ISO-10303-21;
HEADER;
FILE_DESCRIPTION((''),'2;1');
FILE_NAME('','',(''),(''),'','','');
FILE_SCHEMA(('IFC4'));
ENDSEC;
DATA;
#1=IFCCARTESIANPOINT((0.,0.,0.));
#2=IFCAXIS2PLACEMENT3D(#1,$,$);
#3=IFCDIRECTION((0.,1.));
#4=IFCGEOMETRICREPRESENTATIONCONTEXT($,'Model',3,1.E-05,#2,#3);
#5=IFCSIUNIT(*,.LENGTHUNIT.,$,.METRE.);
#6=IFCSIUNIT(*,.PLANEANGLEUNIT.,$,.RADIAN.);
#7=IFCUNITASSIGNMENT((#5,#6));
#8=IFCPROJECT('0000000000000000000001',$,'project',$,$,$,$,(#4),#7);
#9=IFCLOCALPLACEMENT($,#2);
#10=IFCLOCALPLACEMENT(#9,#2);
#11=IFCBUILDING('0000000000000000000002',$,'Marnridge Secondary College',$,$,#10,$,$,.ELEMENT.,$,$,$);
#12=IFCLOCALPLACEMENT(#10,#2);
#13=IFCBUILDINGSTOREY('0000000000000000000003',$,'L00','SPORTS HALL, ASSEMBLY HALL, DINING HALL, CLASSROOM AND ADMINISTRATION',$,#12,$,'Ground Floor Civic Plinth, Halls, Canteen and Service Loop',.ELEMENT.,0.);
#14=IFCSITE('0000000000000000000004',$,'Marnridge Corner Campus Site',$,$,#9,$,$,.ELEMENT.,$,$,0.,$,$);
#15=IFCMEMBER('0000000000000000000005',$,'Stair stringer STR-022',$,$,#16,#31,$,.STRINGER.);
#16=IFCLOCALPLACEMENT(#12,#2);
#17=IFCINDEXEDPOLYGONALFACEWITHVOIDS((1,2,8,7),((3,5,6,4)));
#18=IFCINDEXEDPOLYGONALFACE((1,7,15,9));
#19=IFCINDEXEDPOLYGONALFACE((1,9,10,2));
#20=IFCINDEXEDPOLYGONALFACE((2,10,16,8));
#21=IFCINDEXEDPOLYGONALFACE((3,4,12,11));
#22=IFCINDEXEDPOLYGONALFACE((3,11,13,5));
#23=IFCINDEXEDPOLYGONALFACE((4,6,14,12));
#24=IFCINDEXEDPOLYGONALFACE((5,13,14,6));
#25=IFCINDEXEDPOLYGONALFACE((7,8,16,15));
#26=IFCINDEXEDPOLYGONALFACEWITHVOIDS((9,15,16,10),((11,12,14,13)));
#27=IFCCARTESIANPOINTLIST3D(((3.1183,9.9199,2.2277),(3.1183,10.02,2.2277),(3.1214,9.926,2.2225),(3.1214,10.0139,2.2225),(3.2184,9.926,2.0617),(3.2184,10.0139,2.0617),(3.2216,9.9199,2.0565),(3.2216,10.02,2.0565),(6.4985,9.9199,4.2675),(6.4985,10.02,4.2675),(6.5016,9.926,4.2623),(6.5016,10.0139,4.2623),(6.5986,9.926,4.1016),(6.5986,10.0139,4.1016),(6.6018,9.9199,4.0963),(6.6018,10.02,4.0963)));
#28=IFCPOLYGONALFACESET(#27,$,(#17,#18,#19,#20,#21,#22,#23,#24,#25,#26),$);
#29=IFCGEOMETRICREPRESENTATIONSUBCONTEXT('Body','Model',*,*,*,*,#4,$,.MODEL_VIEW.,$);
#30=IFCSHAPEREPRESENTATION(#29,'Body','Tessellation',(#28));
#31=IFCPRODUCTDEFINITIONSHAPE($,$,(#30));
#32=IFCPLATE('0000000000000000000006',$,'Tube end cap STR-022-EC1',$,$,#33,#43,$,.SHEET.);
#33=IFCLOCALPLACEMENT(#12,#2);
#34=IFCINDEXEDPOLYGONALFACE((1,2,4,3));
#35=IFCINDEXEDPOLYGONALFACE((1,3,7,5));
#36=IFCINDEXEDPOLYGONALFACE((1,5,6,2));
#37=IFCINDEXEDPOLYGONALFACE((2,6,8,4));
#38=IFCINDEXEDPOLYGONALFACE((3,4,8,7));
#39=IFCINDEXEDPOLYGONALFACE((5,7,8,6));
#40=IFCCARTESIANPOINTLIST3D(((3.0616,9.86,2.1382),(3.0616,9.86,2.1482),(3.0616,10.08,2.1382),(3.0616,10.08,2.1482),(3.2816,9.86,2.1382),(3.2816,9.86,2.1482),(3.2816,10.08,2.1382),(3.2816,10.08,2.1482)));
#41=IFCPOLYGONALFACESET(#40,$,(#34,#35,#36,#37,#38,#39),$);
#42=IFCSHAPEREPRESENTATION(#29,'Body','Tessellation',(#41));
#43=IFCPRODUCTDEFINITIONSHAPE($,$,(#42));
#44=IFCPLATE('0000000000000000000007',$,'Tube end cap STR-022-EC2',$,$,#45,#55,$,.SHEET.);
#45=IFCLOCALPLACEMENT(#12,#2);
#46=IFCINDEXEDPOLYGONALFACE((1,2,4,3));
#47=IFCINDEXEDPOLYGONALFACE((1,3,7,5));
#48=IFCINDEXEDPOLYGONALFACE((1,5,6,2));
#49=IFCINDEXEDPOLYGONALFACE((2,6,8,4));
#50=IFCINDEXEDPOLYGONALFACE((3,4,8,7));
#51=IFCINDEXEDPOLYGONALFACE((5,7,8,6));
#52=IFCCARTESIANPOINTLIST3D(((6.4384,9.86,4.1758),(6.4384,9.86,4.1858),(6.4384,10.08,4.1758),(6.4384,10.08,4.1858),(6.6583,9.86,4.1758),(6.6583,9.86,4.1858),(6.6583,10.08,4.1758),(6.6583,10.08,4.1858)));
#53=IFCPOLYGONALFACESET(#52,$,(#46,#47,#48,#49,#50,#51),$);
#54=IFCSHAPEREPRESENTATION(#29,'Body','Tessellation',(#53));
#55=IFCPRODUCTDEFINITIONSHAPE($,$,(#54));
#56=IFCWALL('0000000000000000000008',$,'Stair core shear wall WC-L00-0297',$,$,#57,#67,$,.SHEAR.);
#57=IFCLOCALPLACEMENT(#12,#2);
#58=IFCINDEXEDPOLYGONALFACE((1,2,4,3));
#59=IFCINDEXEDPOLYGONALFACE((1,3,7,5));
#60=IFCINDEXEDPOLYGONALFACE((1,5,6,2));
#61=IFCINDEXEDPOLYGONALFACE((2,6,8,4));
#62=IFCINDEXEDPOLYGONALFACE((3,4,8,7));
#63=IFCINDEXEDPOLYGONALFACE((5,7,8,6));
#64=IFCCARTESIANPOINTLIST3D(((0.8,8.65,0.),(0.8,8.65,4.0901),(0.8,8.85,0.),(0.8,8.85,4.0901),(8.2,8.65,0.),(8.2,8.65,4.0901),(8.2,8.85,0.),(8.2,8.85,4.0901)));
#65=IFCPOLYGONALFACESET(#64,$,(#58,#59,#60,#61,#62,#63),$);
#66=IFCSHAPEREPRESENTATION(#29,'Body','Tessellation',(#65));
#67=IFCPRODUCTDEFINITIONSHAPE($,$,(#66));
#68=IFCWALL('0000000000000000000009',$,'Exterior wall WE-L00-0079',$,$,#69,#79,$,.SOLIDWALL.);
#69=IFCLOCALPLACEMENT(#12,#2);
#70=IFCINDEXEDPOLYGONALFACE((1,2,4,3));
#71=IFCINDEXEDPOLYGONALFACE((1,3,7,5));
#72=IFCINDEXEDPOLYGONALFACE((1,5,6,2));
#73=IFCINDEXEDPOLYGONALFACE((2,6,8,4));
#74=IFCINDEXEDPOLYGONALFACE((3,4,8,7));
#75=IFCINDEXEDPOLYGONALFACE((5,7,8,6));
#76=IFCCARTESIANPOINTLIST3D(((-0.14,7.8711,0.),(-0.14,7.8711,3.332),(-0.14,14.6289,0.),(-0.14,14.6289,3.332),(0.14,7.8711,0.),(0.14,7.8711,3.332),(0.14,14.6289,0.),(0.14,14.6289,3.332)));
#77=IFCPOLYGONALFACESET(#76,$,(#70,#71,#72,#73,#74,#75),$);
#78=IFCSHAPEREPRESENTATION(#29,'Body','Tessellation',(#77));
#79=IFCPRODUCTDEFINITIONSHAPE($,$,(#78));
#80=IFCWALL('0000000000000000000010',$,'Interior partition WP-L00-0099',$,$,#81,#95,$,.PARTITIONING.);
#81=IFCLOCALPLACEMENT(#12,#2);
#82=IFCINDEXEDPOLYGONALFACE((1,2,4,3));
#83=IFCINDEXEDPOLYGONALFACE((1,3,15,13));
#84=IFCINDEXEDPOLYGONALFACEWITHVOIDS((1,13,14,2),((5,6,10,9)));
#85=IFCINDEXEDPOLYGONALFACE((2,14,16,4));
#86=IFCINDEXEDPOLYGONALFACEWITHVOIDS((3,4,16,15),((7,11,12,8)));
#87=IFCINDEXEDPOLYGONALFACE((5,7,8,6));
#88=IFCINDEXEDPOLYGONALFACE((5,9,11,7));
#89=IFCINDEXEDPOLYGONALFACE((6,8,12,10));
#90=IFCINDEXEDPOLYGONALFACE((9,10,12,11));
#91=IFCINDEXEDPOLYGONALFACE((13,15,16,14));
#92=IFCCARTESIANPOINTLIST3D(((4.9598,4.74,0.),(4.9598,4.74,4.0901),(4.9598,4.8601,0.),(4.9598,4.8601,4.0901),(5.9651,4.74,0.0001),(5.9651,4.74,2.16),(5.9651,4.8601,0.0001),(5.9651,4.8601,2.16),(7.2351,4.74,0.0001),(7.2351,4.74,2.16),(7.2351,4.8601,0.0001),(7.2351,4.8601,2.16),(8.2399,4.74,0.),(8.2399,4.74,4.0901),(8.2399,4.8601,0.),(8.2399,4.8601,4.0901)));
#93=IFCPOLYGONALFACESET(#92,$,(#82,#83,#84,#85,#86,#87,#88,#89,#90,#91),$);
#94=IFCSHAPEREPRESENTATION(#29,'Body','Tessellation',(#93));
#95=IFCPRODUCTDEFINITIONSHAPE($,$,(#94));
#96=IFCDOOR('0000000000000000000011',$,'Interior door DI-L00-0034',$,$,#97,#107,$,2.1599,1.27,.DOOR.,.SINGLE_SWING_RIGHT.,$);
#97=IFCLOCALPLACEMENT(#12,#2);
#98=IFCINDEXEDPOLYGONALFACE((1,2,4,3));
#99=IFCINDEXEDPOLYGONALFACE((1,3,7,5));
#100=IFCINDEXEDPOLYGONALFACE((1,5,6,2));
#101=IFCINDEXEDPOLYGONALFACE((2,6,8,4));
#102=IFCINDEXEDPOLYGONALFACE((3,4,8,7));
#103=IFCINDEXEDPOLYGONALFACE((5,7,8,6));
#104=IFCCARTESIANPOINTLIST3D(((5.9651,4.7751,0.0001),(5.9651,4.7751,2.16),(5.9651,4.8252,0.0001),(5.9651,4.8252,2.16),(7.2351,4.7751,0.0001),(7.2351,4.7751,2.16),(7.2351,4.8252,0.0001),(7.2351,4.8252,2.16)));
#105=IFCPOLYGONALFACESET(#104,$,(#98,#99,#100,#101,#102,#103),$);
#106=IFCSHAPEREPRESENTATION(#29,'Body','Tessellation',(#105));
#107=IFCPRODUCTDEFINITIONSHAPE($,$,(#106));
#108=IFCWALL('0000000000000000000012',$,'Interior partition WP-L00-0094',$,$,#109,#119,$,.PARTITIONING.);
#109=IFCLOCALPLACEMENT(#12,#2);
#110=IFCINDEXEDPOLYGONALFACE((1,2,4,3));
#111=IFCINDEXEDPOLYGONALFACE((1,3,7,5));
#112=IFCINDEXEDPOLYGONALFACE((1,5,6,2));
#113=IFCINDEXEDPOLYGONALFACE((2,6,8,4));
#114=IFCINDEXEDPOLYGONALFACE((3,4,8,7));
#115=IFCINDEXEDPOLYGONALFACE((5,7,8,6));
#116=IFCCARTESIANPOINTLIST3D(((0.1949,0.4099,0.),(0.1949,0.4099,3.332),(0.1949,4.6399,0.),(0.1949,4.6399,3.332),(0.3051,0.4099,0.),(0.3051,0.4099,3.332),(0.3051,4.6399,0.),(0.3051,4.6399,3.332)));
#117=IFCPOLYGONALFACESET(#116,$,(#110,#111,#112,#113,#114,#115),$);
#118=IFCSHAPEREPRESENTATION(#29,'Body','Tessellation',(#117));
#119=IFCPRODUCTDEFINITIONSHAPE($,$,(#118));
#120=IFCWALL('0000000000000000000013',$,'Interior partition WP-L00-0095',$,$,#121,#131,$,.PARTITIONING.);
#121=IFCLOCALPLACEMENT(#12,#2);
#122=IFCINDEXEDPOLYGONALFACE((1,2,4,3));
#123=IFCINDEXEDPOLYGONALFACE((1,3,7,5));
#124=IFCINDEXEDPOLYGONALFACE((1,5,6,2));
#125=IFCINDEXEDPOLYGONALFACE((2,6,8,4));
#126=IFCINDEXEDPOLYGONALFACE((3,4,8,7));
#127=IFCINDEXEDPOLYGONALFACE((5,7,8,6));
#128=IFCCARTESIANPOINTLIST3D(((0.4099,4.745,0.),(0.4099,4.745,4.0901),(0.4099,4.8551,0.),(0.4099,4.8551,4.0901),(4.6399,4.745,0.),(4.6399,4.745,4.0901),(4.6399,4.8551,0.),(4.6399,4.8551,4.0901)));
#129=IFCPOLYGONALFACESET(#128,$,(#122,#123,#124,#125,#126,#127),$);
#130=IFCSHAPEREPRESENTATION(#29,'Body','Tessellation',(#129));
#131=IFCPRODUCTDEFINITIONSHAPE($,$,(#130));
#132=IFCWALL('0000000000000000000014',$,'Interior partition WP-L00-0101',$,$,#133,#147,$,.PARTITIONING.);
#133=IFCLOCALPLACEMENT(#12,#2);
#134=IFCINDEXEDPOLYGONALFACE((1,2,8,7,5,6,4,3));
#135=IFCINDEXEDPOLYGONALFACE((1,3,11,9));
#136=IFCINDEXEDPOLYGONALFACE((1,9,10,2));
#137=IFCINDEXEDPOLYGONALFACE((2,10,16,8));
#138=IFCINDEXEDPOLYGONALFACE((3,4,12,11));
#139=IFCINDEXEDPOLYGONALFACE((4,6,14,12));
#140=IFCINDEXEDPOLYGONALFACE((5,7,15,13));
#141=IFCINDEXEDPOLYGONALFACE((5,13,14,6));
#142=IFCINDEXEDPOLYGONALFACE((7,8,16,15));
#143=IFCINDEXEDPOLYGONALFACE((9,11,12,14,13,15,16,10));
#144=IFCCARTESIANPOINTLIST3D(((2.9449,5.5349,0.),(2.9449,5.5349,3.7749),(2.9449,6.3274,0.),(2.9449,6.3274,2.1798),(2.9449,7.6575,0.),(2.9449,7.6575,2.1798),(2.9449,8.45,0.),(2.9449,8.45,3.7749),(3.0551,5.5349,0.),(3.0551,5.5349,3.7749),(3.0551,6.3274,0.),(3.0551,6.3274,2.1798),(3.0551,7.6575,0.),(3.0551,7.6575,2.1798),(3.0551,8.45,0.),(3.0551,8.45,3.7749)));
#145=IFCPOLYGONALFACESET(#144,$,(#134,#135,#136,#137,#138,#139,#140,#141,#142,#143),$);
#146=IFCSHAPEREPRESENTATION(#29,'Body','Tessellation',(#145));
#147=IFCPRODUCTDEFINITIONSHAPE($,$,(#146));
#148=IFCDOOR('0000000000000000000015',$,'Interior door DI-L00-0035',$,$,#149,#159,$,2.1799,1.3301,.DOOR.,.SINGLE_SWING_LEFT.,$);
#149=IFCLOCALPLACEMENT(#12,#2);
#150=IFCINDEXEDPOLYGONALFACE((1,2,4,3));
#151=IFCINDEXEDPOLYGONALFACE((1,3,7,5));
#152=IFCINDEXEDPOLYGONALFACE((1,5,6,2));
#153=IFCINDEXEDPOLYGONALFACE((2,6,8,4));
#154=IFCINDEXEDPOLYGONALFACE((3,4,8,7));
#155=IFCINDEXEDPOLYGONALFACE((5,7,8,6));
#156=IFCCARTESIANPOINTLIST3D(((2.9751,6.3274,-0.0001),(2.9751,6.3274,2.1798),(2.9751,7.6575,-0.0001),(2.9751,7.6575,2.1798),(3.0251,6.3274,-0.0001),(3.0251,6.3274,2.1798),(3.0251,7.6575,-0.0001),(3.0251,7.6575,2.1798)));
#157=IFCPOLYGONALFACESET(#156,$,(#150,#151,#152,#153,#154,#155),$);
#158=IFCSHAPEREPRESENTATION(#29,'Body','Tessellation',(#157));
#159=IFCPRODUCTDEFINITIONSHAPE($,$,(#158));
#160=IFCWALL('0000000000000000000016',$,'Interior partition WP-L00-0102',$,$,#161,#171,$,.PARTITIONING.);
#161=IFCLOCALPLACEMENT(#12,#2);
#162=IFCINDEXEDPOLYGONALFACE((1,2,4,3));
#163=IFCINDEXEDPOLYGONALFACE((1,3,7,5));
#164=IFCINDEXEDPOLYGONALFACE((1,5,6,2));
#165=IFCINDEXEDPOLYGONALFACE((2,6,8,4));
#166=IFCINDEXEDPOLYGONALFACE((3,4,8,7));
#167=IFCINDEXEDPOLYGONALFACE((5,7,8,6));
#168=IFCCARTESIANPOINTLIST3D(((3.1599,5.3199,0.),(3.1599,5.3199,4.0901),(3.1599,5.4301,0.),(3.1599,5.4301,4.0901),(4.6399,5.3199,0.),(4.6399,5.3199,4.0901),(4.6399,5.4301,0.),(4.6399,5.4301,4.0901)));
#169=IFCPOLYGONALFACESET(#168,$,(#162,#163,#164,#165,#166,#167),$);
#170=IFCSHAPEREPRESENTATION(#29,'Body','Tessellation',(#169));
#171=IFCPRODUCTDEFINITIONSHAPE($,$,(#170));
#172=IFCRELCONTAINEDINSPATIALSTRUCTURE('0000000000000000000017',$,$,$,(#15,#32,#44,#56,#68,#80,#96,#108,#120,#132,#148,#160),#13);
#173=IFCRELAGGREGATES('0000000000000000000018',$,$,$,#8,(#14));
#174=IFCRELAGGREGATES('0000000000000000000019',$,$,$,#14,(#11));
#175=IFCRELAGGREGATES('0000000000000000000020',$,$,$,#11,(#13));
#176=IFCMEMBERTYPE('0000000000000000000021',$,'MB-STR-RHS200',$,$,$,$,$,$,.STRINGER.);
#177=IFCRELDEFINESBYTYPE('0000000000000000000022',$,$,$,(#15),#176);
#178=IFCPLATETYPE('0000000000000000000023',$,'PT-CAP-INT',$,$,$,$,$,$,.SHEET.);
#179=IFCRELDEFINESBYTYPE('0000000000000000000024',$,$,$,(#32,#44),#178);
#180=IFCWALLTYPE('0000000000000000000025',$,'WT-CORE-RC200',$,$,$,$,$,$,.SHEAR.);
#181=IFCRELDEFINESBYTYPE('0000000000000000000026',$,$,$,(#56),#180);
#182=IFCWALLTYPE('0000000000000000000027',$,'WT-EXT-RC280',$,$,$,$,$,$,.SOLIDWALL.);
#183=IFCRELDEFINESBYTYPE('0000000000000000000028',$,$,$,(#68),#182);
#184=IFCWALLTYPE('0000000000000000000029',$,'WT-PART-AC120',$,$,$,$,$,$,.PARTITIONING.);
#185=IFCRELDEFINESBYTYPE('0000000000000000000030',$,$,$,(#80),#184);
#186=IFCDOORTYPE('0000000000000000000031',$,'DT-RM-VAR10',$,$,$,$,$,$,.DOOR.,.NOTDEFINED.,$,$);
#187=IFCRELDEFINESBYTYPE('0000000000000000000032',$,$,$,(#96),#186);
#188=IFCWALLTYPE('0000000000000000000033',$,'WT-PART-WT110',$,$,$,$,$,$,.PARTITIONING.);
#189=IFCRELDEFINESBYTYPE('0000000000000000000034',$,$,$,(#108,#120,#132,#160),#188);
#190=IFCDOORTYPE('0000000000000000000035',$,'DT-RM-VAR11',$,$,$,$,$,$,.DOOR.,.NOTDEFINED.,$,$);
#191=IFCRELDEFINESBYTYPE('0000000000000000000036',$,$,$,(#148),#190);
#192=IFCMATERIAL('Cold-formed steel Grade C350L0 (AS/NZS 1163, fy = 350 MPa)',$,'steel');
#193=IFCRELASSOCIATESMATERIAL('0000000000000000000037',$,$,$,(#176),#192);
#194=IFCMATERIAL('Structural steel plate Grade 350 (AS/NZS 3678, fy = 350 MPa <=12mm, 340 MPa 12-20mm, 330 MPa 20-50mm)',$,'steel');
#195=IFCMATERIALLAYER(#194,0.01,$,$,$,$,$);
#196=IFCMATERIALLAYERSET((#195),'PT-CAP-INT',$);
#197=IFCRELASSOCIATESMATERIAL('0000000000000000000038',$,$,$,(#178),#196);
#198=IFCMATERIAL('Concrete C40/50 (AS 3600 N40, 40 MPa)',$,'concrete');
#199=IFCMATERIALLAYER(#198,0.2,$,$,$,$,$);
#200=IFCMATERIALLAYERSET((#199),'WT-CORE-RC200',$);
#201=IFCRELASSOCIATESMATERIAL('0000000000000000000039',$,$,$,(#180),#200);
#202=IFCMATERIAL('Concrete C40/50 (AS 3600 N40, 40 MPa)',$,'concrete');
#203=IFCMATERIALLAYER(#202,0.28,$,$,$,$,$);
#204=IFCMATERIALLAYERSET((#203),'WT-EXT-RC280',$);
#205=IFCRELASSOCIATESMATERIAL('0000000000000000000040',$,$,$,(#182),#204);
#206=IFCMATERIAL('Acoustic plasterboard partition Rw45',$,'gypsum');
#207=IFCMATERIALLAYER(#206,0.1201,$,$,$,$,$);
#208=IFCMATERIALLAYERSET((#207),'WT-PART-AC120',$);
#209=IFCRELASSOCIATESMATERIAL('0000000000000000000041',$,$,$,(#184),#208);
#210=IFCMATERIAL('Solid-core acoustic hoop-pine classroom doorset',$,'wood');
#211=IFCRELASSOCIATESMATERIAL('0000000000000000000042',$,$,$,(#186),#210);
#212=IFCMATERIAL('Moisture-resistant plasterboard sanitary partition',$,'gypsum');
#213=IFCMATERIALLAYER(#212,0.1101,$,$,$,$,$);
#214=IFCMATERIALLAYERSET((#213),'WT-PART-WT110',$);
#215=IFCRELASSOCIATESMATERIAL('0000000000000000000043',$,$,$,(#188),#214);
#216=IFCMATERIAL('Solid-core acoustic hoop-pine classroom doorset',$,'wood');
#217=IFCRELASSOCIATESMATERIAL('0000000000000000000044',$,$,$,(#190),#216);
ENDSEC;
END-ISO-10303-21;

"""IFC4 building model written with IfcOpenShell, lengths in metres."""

from ifc_helpers import new_model, si_unit, direction, frame, frame_2d, origin, origin_2d, place, context, subcontext, project, spatial, rectangle, hollow_rectangle, extrude, material, layer, layer_set, material_profile, profile_set, type_object, element, fill, save


model = new_model("IFC4")

# Units and contexts
model_context = context("Model", 3, precision=1e-05, world=origin(), true_north=direction((0.0, 1.0)))
body_context = subcontext(model_context, "Body", "Model", "MODEL_VIEW")
ifc_project = project(units=[si_unit("LENGTHUNIT", "METRE"), si_unit("PLANEANGLEUNIT", "RADIAN")], contexts=[model_context])

# Site, building, storey
site_placement = place(None, origin())
site = spatial("IfcSite", under=ifc_project, at=site_placement, Name="Marnridge Corner Campus Site", CompositionType="ELEMENT", RefElevation=0.0)
building_placement = place(site_placement, origin())
building = spatial("IfcBuilding", under=site, at=building_placement, Name="Marnridge Secondary College", CompositionType="ELEMENT")
storey_placement = place(building_placement, origin())
storey = spatial("IfcBuildingStorey", under=building, at=storey_placement, Name="L00", Description="SPORTS HALL, ASSEMBLY HALL, DINING HALL, CLASSROOM AND ADMINISTRATION", LongName="Ground Floor Civic Plinth, Halls, Canteen and Service Loop", CompositionType="ELEMENT", Elevation=0.0)

# Member
ifc_material_1 = material(Name="Cold-formed steel Grade C350L0 (AS/NZS 1163, fy = 350 MPa)", Category="steel")
ifc_material_profile_1 = material_profile(ifc_material_1, hollow_rectangle(XDim=0.1001, YDim=0.2, WallThickness=0.0061, at=origin_2d()), Name="200x100x6.0RHS")
ifc_profile_set_1 = profile_set([ifc_material_profile_1], Name="Cold-formed steel Grade C350L0 (AS/NZS 1163, fy = 350 MPa)")
member_type = type_object("IfcMemberType", Name="MB-STR-RHS200", PredefinedType="STRINGER", material=ifc_profile_set_1)
member_placement = place(storey_placement, frame((3.1699, 9.97, 2.1421), z_axis=(0.856181, 0.0, 0.516677), x_axis=(0.0, 1.0, 0.0)))
element("IfcMember", 1, at=member_placement, inside=storey, type_object=member_type, Name="Stair stringer STR-022", PredefinedType="STRINGER", context=body_context, shape_type="SweptSolid", body=[
    extrude(hollow_rectangle(XDim=0.1001, YDim=0.2, WallThickness=0.0061, at=origin_2d()), origin(), (0.0, 0.0, 1.0), 3.948),
])

# Plates
ifc_material_2 = material(Name="Structural steel plate Grade 350 (AS/NZS 3678, fy = 350 MPa <=12mm, 340 MPa 12-20mm, 330 MPa 20-50mm)", Category="steel")
ifc_layer_1 = layer(ifc_material_2, 0.01)
ifc_layer_set_1 = layer_set([ifc_layer_1], Name="PT-CAP-INT")
plate_type = type_object("IfcPlateType", Name="PT-CAP-INT", PredefinedType="SHEET", material=ifc_layer_set_1)
for number, where, z_axis, x_axis, name in (
    (2, (3.1716, 9.97, 2.1382), (0.0, 0.0, 1.0), (1.0, 0.0, 0.0), "Tube end cap STR-022-EC1"),
    (3, (6.5483, 9.97, 4.1758), (0.0, 0.0, 1.0), (1.0, 0.0, 0.0), "Tube end cap STR-022-EC2"),
):
    element("IfcPlate", number, at=place(storey_placement, frame(where, z_axis=z_axis, x_axis=x_axis)), inside=storey, type_object=plate_type, Name=name, PredefinedType="SHEET", context=body_context, shape_type="SweptSolid", body=[
        extrude(rectangle(XDim=0.22, YDim=0.22, at=origin_2d()), origin(), (0.0, 0.0, 1.0), 0.01),
    ])

# Walls
ifc_material_3 = material(Name="Concrete C40/50 (AS 3600 N40, 40 MPa)", Category="concrete")
ifc_layer_2 = layer(ifc_material_3, 0.2)
ifc_layer_set_2 = layer_set([ifc_layer_2], Name="WT-CORE-RC200")
wall_type_1 = type_object("IfcWallType", Name="WT-CORE-RC200", PredefinedType="SHEAR", material=ifc_layer_set_2)
wall_1_placement = place(storey_placement, frame((0.8, 8.75, 0.0), z_axis=(0.0, 0.0, 1.0), x_axis=(1.0, 0.0, 0.0)))
element("IfcWall", 4, at=wall_1_placement, inside=storey, type_object=wall_type_1, Name="Stair core shear wall WC-L00-0297", PredefinedType="SHEAR", context=body_context, shape_type="SweptSolid", body=[
    extrude(rectangle(XDim=7.3999, YDim=0.2, at=frame_2d((3.7, 0.0))), origin(), (0.0, 0.0, 1.0), 4.0901),
])
ifc_material_4 = material(Name="Concrete C40/50 (AS 3600 N40, 40 MPa)", Category="concrete")
ifc_layer_3 = layer(ifc_material_4, 0.28)
ifc_layer_set_3 = layer_set([ifc_layer_3], Name="WT-EXT-RC280")
wall_type_2 = type_object("IfcWallType", Name="WT-EXT-RC280", PredefinedType="SOLIDWALL", material=ifc_layer_set_3)
wall_2_placement = place(storey_placement, frame((0.0, 7.8711, 0.0), z_axis=(0.0, 0.0, 1.0), x_axis=(0.0, 1.0, 0.0)))
element("IfcWall", 5, at=wall_2_placement, inside=storey, type_object=wall_type_2, Name="Exterior wall WE-L00-0079", PredefinedType="SOLIDWALL", context=body_context, shape_type="SweptSolid", body=[
    extrude(rectangle(XDim=6.7578, YDim=0.28, at=frame_2d((3.3789, 0.0))), origin(), (0.0, 0.0, 1.0), 3.332),
])

# Wall, opening, door
ifc_material_5 = material(Name="Acoustic plasterboard partition Rw45", Category="gypsum")
ifc_layer_4 = layer(ifc_material_5, 0.1201)
ifc_layer_set_4 = layer_set([ifc_layer_4], Name="WT-PART-AC120")
wall_type_3 = type_object("IfcWallType", Name="WT-PART-AC120", PredefinedType="PARTITIONING", material=ifc_layer_set_4)
wall_3_placement = place(storey_placement, frame((8.24, 4.8, 0.0), z_axis=(0.0, 0.0, 1.0), x_axis=(-1.0, 0.0, 0.0)))
wall_3 = element("IfcWall", 6, at=wall_3_placement, inside=storey, type_object=wall_type_3, Name="Interior partition WP-L00-0099", PredefinedType="PARTITIONING", context=body_context, shape_type="SweptSolid", body=[
    extrude(rectangle(XDim=3.28, YDim=0.1201, at=frame_2d((1.6401, 0.0))), origin(), (0.0, 0.0, 1.0), 4.0901),
])
opening_1_placement = place(wall_3_placement, frame((1.0049, 0.0, 0.0)))
opening_1 = element("IfcOpeningElement", 7, at=opening_1_placement, cuts=wall_3, PredefinedType="OPENING", context=body_context, shape_type="SweptSolid", body=[
    extrude(rectangle(XDim=1.27, YDim=2.1599, at=frame_2d((0.635, 1.0801))), frame((0.0, 0.0701, 0.0), z_axis=(0.0, -1.0, 0.0), x_axis=(1.0, 0.0, 0.0)), (0.0, 0.0, 1.0), 0.1401),
])
ifc_material_6 = material(Name="Solid-core acoustic hoop-pine classroom doorset", Category="wood")
door_type_1 = type_object("IfcDoorType", Name="DT-RM-VAR10", OperationType="NOTDEFINED", PredefinedType="DOOR", material=ifc_material_6)
door_1_placement = place(opening_1_placement, origin())
door_1 = element("IfcDoor", 8, at=door_1_placement, inside=storey, type_object=door_type_1, Name="Interior door DI-L00-0034", OperationType="SINGLE_SWING_RIGHT", OverallHeight=2.1599, OverallWidth=1.27, PredefinedType="DOOR", context=body_context, shape_type="SweptSolid", body=[
    extrude(rectangle(XDim=1.27, YDim=2.1599, at=frame_2d((0.635, 1.0801))), frame((0.0, 0.0249, 0.0), z_axis=(0.0, -1.0, 0.0), x_axis=(1.0, 0.0, 0.0)), (0.0, 0.0, 1.0), 0.05),
])
fill(opening_1, door_1)

# Walls
ifc_material_7 = material(Name="Moisture-resistant plasterboard sanitary partition", Category="gypsum")
ifc_layer_5 = layer(ifc_material_7, 0.1101)
ifc_layer_set_5 = layer_set([ifc_layer_5], Name="WT-PART-WT110")
wall_type_4 = type_object("IfcWallType", Name="WT-PART-WT110", PredefinedType="PARTITIONING", material=ifc_layer_set_5)
wall_4_placement = place(storey_placement, frame((0.25, 4.6399, 0.0), z_axis=(0.0, 0.0, 1.0), x_axis=(0.0, -1.0, 0.0)))
element("IfcWall", 9, at=wall_4_placement, inside=storey, type_object=wall_type_4, Name="Interior partition WP-L00-0094", PredefinedType="PARTITIONING", context=body_context, shape_type="SweptSolid", body=[
    extrude(rectangle(XDim=4.23, YDim=0.1101, at=frame_2d((2.115, 0.0))), origin(), (0.0, 0.0, 1.0), 3.332),
])
wall_5_placement = place(storey_placement, frame((4.6399, 4.8, 0.0), z_axis=(0.0, 0.0, 1.0), x_axis=(-1.0, 0.0, 0.0)))
element("IfcWall", 10, at=wall_5_placement, inside=storey, type_object=wall_type_4, Name="Interior partition WP-L00-0095", PredefinedType="PARTITIONING", context=body_context, shape_type="SweptSolid", body=[
    extrude(rectangle(XDim=4.23, YDim=0.1101, at=frame_2d((2.115, 0.0))), origin(), (0.0, 0.0, 1.0), 4.0901),
])

# Wall, opening, door
wall_6_placement = place(storey_placement, frame((3.0, 5.5349, 0.0), z_axis=(0.0, 0.0, 1.0), x_axis=(0.0, 1.0, 0.0)))
wall_6 = element("IfcWall", 11, at=wall_6_placement, inside=storey, type_object=wall_type_4, Name="Interior partition WP-L00-0101", PredefinedType="PARTITIONING", context=body_context, shape_type="SweptSolid", body=[
    extrude(rectangle(XDim=2.915, YDim=0.1101, at=frame_2d((1.4575, 0.0))), origin(), (0.0, 0.0, 1.0), 3.7749),
])
opening_2_placement = place(wall_6_placement, frame((0.7925, 0.0, 0.0)))
opening_2 = element("IfcOpeningElement", 12, at=opening_2_placement, cuts=wall_6, PredefinedType="OPENING", context=body_context, shape_type="SweptSolid", body=[
    extrude(rectangle(XDim=1.3301, YDim=2.1799, at=frame_2d((0.665, 1.0898))), frame((0.0, 0.0649, 0.0), z_axis=(0.0, -1.0, 0.0), x_axis=(1.0, 0.0, 0.0)), (0.0, 0.0, 1.0), 0.1301),
])
ifc_material_8 = material(Name="Solid-core acoustic hoop-pine classroom doorset", Category="wood")
door_type_2 = type_object("IfcDoorType", Name="DT-RM-VAR11", OperationType="NOTDEFINED", PredefinedType="DOOR", material=ifc_material_8)
door_2_placement = place(opening_2_placement, origin())
door_2 = element("IfcDoor", 13, at=door_2_placement, inside=storey, type_object=door_type_2, Name="Interior door DI-L00-0035", OperationType="SINGLE_SWING_LEFT", OverallHeight=2.1799, OverallWidth=1.3301, PredefinedType="DOOR", context=body_context, shape_type="SweptSolid", body=[
    extrude(rectangle(XDim=1.3301, YDim=2.1799, at=frame_2d((0.665, 1.0898))), frame((0.0, 0.0249, 0.0), z_axis=(0.0, -1.0, 0.0), x_axis=(1.0, 0.0, 0.0)), (0.0, 0.0, 1.0), 0.05),
])
fill(opening_2, door_2)

# Wall
wall_7_placement = place(storey_placement, frame((4.6399, 5.375, 0.0), z_axis=(0.0, 0.0, 1.0), x_axis=(-1.0, 0.0, 0.0)))
element("IfcWall", 14, at=wall_7_placement, inside=storey, type_object=wall_type_4, Name="Interior partition WP-L00-0102", PredefinedType="PARTITIONING", context=body_context, shape_type="SweptSolid", body=[
    extrude(rectangle(XDim=1.48, YDim=0.1101, at=frame_2d((0.74, 0.0))), origin(), (0.0, 0.0, 1.0), 4.0901),
])

save(model, "model.ifc")
